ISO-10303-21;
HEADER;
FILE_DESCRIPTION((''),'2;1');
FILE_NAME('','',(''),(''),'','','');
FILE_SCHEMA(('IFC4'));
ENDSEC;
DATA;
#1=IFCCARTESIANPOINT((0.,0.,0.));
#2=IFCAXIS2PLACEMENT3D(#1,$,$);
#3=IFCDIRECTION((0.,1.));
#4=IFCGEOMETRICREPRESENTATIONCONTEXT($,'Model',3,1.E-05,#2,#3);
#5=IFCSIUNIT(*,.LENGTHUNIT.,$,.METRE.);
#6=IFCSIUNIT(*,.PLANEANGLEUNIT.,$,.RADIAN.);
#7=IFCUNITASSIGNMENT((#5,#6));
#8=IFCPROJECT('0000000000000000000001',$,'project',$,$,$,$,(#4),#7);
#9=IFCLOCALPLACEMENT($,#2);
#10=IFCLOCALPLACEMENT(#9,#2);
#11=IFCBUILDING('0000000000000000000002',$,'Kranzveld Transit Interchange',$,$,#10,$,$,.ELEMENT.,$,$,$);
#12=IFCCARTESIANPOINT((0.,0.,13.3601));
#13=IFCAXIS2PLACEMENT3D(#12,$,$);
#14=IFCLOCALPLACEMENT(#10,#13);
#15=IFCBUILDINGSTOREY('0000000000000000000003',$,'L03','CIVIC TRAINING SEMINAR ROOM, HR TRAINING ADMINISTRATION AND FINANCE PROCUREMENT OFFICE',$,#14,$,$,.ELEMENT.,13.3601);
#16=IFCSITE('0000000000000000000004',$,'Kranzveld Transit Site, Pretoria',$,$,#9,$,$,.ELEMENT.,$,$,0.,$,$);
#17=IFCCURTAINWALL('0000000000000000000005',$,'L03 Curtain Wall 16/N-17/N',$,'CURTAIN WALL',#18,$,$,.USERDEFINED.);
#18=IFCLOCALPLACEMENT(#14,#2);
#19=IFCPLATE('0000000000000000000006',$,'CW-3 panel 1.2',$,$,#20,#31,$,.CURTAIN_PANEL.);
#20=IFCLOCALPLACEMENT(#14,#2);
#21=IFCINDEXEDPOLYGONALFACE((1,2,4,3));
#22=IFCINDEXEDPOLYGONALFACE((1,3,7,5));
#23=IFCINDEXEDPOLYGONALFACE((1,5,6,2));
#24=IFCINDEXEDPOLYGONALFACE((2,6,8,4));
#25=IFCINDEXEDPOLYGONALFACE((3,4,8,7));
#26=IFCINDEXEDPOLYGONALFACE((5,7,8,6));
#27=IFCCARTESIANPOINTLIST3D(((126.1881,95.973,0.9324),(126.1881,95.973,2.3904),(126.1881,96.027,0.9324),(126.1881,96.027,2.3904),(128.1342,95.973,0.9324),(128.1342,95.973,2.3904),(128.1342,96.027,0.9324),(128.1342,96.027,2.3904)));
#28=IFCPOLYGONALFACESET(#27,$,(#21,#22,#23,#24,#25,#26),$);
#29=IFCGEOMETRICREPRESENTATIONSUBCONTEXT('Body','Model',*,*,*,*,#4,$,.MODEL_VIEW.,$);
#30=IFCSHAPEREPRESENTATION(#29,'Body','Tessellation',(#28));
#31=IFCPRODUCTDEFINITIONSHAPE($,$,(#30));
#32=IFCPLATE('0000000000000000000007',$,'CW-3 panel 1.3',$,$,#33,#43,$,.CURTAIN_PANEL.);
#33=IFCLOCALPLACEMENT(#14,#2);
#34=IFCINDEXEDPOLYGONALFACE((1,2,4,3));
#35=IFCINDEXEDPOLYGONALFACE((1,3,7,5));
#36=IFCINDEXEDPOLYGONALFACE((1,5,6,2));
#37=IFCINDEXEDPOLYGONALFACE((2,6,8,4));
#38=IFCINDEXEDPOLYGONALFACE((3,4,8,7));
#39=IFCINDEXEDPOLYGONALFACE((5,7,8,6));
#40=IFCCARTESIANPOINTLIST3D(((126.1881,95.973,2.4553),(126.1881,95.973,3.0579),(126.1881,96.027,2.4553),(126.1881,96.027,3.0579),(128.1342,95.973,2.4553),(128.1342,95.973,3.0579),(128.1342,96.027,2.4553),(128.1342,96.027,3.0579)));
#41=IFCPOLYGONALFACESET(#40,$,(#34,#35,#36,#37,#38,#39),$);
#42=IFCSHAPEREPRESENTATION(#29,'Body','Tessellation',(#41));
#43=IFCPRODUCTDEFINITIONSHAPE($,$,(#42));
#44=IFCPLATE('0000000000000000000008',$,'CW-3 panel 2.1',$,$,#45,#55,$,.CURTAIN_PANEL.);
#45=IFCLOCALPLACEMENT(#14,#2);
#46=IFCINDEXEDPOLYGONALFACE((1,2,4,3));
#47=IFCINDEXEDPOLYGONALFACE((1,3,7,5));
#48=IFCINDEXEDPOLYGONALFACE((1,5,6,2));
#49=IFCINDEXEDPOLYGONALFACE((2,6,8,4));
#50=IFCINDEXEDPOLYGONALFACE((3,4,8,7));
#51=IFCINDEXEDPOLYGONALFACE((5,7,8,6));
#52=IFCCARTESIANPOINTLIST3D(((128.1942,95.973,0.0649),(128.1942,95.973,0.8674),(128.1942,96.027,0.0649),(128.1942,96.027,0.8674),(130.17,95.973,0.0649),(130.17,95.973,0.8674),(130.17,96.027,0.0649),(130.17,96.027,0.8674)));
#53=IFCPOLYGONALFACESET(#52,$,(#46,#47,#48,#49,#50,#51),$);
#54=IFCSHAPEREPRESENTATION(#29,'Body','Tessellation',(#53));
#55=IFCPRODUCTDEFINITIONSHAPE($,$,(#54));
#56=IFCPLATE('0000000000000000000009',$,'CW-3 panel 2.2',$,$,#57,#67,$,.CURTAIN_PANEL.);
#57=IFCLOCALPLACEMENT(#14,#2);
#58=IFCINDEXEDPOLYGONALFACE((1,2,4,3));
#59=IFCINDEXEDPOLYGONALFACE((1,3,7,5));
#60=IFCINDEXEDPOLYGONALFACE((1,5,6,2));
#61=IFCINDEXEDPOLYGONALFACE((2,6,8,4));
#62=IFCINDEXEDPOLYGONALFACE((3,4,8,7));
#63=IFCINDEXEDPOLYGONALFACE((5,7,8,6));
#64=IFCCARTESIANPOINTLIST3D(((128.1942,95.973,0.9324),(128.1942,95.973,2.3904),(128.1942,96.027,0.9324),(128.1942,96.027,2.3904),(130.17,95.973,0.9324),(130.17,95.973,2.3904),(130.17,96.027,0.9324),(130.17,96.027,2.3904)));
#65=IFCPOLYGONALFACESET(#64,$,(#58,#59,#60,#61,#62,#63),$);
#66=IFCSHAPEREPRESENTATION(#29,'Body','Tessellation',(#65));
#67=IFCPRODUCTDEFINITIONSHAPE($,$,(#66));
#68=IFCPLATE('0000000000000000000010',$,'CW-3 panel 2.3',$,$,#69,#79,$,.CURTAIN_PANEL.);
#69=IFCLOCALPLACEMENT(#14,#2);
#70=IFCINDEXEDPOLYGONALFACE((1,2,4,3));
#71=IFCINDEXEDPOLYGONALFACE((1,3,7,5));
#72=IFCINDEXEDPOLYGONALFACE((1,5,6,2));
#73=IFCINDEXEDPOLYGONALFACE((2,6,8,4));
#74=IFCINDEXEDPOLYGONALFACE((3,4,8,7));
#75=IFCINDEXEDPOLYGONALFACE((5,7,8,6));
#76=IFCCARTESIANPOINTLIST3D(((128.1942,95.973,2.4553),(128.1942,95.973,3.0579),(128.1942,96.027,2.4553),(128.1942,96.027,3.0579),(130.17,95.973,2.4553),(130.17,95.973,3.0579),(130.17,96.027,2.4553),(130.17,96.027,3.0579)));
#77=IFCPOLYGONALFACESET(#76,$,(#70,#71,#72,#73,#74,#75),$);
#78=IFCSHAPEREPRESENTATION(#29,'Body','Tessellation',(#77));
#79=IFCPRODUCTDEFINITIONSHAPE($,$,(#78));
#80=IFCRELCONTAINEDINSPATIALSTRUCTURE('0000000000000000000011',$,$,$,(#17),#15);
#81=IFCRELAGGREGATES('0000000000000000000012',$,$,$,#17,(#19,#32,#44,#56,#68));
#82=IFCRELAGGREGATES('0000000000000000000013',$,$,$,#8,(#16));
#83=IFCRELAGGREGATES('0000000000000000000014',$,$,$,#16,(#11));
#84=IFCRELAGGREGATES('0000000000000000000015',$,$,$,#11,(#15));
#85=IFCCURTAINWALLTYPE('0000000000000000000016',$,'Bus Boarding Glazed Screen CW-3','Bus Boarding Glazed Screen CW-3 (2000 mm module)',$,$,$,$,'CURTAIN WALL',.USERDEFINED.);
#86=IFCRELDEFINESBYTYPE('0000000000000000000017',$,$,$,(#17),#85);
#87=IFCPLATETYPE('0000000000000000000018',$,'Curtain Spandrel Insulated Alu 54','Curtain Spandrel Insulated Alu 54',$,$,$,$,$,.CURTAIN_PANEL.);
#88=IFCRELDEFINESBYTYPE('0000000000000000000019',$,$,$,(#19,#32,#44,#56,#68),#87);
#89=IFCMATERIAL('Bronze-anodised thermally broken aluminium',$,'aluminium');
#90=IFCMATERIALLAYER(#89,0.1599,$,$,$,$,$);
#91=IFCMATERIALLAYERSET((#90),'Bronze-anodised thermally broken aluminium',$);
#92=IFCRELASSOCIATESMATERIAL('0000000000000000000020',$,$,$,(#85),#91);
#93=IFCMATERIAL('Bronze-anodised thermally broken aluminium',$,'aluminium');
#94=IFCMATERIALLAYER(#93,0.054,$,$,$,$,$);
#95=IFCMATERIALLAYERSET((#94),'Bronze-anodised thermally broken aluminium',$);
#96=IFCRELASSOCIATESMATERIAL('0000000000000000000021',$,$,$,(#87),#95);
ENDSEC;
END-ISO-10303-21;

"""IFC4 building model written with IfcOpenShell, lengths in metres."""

from ifc_helpers import new_model, si_unit, direction, frame, origin, origin_2d, place, context, subcontext, project, spatial, rectangle, extrude, material, layer, layer_set, type_object, element, aggregate, save


model = new_model("IFC4")

# Units and contexts
model_context = context("Model", 3, precision=1e-05, world=origin(), true_north=direction((0.0, 1.0)))
body_context = subcontext(model_context, "Body", "Model", "MODEL_VIEW")
ifc_project = project(units=[si_unit("LENGTHUNIT", "METRE"), si_unit("PLANEANGLEUNIT", "RADIAN")], contexts=[model_context])

# Site, building, storey
site_placement = place(None, origin())
site = spatial("IfcSite", under=ifc_project, at=site_placement, Name="Kranzveld Transit Site, Pretoria", CompositionType="ELEMENT", RefElevation=0.0)
building_placement = place(site_placement, origin())
building = spatial("IfcBuilding", under=site, at=building_placement, Name="Kranzveld Transit Interchange", CompositionType="ELEMENT")
storey_placement = place(building_placement, frame((0.0, 0.0, 13.3601)))
storey = spatial("IfcBuildingStorey", under=building, at=storey_placement, Name="L03", Description="CIVIC TRAINING SEMINAR ROOM, HR TRAINING ADMINISTRATION AND FINANCE PROCUREMENT OFFICE", CompositionType="ELEMENT", Elevation=13.3601)

# Curtain wall
ifc_material_1 = material(Name="Bronze-anodised thermally broken aluminium", Category="aluminium")
ifc_layer_1 = layer(ifc_material_1, 0.1599)
ifc_layer_set_1 = layer_set([ifc_layer_1], Name="Bronze-anodised thermally broken aluminium")
curtain_wall_type_1 = type_object("IfcCurtainWallType", Name="Bus Boarding Glazed Screen CW-3", Description="Bus Boarding Glazed Screen CW-3 (2000 mm module)", ElementType="CURTAIN WALL", PredefinedType="USERDEFINED", material=ifc_layer_set_1)
curtain_wall_1_placement = place(storey_placement, origin())
curtain_wall_1 = element("IfcCurtainWall", 1, at=curtain_wall_1_placement, inside=storey, type_object=curtain_wall_type_1, Name="L03 Curtain Wall 16/N-17/N", ObjectType="CURTAIN WALL", PredefinedType="USERDEFINED")

# Plates
ifc_material_2 = material(Name="Bronze-anodised thermally broken aluminium", Category="aluminium")
ifc_layer_2 = layer(ifc_material_2, 0.054)
ifc_layer_set_2 = layer_set([ifc_layer_2], Name="Bronze-anodised thermally broken aluminium")
plate_type_1 = type_object("IfcPlateType", Name="Curtain Spandrel Insulated Alu 54", Description="Curtain Spandrel Insulated Alu 54", PredefinedType="CURTAIN_PANEL", material=ifc_layer_set_2)
plate_1_placement = place(storey_placement, frame((127.1611, 96.0, 0.9324), z_axis=(0.0, 0.0, 1.0), x_axis=(1.0, 0.0, 0.0)))
plate_1 = element("IfcPlate", 2, at=plate_1_placement, type_object=plate_type_1, Name="CW-3 panel 1.2", PredefinedType="CURTAIN_PANEL", context=body_context, shape_type="SweptSolid", body=[
    extrude(rectangle(XDim=1.946, YDim=0.054, at=origin_2d()), origin(), (0.0, 0.0, 1.0), 1.458),
])
plate_2_placement = place(storey_placement, frame((127.1611, 96.0, 2.4553), z_axis=(0.0, 0.0, 1.0), x_axis=(1.0, 0.0, 0.0)))
plate_2 = element("IfcPlate", 3, at=plate_2_placement, type_object=plate_type_1, Name="CW-3 panel 1.3", PredefinedType="CURTAIN_PANEL", context=body_context, shape_type="SweptSolid", body=[
    extrude(rectangle(XDim=1.946, YDim=0.054, at=origin_2d()), origin(), (0.0, 0.0, 1.0), 0.6025),
])
plate_3_placement = place(storey_placement, frame((129.1821, 96.0, 0.0649), z_axis=(0.0, 0.0, 1.0), x_axis=(1.0, 0.0, 0.0)))
plate_3 = element("IfcPlate", 4, at=plate_3_placement, type_object=plate_type_1, Name="CW-3 panel 2.1", PredefinedType="CURTAIN_PANEL", context=body_context, shape_type="SweptSolid", body=[
    extrude(rectangle(XDim=1.9758, YDim=0.054, at=origin_2d()), origin(), (0.0, 0.0, 1.0), 0.8025),
])
plate_4_placement = place(storey_placement, frame((129.1821, 96.0, 0.9324), z_axis=(0.0, 0.0, 1.0), x_axis=(1.0, 0.0, 0.0)))
plate_4 = element("IfcPlate", 5, at=plate_4_placement, type_object=plate_type_1, Name="CW-3 panel 2.2", PredefinedType="CURTAIN_PANEL", context=body_context, shape_type="SweptSolid", body=[
    extrude(rectangle(XDim=1.9758, YDim=0.054, at=origin_2d()), origin(), (0.0, 0.0, 1.0), 1.458),
])
plate_5_placement = place(storey_placement, frame((129.1821, 96.0, 2.4553), z_axis=(0.0, 0.0, 1.0), x_axis=(1.0, 0.0, 0.0)))
plate_5 = element("IfcPlate", 6, at=plate_5_placement, type_object=plate_type_1, Name="CW-3 panel 2.3", PredefinedType="CURTAIN_PANEL", context=body_context, shape_type="SweptSolid", body=[
    extrude(rectangle(XDim=1.9758, YDim=0.054, at=origin_2d()), origin(), (0.0, 0.0, 1.0), 0.6025),
])
aggregate(curtain_wall_1, [plate_1, plate_2, plate_3, plate_4, plate_5])

save(model, "model.ifc")
